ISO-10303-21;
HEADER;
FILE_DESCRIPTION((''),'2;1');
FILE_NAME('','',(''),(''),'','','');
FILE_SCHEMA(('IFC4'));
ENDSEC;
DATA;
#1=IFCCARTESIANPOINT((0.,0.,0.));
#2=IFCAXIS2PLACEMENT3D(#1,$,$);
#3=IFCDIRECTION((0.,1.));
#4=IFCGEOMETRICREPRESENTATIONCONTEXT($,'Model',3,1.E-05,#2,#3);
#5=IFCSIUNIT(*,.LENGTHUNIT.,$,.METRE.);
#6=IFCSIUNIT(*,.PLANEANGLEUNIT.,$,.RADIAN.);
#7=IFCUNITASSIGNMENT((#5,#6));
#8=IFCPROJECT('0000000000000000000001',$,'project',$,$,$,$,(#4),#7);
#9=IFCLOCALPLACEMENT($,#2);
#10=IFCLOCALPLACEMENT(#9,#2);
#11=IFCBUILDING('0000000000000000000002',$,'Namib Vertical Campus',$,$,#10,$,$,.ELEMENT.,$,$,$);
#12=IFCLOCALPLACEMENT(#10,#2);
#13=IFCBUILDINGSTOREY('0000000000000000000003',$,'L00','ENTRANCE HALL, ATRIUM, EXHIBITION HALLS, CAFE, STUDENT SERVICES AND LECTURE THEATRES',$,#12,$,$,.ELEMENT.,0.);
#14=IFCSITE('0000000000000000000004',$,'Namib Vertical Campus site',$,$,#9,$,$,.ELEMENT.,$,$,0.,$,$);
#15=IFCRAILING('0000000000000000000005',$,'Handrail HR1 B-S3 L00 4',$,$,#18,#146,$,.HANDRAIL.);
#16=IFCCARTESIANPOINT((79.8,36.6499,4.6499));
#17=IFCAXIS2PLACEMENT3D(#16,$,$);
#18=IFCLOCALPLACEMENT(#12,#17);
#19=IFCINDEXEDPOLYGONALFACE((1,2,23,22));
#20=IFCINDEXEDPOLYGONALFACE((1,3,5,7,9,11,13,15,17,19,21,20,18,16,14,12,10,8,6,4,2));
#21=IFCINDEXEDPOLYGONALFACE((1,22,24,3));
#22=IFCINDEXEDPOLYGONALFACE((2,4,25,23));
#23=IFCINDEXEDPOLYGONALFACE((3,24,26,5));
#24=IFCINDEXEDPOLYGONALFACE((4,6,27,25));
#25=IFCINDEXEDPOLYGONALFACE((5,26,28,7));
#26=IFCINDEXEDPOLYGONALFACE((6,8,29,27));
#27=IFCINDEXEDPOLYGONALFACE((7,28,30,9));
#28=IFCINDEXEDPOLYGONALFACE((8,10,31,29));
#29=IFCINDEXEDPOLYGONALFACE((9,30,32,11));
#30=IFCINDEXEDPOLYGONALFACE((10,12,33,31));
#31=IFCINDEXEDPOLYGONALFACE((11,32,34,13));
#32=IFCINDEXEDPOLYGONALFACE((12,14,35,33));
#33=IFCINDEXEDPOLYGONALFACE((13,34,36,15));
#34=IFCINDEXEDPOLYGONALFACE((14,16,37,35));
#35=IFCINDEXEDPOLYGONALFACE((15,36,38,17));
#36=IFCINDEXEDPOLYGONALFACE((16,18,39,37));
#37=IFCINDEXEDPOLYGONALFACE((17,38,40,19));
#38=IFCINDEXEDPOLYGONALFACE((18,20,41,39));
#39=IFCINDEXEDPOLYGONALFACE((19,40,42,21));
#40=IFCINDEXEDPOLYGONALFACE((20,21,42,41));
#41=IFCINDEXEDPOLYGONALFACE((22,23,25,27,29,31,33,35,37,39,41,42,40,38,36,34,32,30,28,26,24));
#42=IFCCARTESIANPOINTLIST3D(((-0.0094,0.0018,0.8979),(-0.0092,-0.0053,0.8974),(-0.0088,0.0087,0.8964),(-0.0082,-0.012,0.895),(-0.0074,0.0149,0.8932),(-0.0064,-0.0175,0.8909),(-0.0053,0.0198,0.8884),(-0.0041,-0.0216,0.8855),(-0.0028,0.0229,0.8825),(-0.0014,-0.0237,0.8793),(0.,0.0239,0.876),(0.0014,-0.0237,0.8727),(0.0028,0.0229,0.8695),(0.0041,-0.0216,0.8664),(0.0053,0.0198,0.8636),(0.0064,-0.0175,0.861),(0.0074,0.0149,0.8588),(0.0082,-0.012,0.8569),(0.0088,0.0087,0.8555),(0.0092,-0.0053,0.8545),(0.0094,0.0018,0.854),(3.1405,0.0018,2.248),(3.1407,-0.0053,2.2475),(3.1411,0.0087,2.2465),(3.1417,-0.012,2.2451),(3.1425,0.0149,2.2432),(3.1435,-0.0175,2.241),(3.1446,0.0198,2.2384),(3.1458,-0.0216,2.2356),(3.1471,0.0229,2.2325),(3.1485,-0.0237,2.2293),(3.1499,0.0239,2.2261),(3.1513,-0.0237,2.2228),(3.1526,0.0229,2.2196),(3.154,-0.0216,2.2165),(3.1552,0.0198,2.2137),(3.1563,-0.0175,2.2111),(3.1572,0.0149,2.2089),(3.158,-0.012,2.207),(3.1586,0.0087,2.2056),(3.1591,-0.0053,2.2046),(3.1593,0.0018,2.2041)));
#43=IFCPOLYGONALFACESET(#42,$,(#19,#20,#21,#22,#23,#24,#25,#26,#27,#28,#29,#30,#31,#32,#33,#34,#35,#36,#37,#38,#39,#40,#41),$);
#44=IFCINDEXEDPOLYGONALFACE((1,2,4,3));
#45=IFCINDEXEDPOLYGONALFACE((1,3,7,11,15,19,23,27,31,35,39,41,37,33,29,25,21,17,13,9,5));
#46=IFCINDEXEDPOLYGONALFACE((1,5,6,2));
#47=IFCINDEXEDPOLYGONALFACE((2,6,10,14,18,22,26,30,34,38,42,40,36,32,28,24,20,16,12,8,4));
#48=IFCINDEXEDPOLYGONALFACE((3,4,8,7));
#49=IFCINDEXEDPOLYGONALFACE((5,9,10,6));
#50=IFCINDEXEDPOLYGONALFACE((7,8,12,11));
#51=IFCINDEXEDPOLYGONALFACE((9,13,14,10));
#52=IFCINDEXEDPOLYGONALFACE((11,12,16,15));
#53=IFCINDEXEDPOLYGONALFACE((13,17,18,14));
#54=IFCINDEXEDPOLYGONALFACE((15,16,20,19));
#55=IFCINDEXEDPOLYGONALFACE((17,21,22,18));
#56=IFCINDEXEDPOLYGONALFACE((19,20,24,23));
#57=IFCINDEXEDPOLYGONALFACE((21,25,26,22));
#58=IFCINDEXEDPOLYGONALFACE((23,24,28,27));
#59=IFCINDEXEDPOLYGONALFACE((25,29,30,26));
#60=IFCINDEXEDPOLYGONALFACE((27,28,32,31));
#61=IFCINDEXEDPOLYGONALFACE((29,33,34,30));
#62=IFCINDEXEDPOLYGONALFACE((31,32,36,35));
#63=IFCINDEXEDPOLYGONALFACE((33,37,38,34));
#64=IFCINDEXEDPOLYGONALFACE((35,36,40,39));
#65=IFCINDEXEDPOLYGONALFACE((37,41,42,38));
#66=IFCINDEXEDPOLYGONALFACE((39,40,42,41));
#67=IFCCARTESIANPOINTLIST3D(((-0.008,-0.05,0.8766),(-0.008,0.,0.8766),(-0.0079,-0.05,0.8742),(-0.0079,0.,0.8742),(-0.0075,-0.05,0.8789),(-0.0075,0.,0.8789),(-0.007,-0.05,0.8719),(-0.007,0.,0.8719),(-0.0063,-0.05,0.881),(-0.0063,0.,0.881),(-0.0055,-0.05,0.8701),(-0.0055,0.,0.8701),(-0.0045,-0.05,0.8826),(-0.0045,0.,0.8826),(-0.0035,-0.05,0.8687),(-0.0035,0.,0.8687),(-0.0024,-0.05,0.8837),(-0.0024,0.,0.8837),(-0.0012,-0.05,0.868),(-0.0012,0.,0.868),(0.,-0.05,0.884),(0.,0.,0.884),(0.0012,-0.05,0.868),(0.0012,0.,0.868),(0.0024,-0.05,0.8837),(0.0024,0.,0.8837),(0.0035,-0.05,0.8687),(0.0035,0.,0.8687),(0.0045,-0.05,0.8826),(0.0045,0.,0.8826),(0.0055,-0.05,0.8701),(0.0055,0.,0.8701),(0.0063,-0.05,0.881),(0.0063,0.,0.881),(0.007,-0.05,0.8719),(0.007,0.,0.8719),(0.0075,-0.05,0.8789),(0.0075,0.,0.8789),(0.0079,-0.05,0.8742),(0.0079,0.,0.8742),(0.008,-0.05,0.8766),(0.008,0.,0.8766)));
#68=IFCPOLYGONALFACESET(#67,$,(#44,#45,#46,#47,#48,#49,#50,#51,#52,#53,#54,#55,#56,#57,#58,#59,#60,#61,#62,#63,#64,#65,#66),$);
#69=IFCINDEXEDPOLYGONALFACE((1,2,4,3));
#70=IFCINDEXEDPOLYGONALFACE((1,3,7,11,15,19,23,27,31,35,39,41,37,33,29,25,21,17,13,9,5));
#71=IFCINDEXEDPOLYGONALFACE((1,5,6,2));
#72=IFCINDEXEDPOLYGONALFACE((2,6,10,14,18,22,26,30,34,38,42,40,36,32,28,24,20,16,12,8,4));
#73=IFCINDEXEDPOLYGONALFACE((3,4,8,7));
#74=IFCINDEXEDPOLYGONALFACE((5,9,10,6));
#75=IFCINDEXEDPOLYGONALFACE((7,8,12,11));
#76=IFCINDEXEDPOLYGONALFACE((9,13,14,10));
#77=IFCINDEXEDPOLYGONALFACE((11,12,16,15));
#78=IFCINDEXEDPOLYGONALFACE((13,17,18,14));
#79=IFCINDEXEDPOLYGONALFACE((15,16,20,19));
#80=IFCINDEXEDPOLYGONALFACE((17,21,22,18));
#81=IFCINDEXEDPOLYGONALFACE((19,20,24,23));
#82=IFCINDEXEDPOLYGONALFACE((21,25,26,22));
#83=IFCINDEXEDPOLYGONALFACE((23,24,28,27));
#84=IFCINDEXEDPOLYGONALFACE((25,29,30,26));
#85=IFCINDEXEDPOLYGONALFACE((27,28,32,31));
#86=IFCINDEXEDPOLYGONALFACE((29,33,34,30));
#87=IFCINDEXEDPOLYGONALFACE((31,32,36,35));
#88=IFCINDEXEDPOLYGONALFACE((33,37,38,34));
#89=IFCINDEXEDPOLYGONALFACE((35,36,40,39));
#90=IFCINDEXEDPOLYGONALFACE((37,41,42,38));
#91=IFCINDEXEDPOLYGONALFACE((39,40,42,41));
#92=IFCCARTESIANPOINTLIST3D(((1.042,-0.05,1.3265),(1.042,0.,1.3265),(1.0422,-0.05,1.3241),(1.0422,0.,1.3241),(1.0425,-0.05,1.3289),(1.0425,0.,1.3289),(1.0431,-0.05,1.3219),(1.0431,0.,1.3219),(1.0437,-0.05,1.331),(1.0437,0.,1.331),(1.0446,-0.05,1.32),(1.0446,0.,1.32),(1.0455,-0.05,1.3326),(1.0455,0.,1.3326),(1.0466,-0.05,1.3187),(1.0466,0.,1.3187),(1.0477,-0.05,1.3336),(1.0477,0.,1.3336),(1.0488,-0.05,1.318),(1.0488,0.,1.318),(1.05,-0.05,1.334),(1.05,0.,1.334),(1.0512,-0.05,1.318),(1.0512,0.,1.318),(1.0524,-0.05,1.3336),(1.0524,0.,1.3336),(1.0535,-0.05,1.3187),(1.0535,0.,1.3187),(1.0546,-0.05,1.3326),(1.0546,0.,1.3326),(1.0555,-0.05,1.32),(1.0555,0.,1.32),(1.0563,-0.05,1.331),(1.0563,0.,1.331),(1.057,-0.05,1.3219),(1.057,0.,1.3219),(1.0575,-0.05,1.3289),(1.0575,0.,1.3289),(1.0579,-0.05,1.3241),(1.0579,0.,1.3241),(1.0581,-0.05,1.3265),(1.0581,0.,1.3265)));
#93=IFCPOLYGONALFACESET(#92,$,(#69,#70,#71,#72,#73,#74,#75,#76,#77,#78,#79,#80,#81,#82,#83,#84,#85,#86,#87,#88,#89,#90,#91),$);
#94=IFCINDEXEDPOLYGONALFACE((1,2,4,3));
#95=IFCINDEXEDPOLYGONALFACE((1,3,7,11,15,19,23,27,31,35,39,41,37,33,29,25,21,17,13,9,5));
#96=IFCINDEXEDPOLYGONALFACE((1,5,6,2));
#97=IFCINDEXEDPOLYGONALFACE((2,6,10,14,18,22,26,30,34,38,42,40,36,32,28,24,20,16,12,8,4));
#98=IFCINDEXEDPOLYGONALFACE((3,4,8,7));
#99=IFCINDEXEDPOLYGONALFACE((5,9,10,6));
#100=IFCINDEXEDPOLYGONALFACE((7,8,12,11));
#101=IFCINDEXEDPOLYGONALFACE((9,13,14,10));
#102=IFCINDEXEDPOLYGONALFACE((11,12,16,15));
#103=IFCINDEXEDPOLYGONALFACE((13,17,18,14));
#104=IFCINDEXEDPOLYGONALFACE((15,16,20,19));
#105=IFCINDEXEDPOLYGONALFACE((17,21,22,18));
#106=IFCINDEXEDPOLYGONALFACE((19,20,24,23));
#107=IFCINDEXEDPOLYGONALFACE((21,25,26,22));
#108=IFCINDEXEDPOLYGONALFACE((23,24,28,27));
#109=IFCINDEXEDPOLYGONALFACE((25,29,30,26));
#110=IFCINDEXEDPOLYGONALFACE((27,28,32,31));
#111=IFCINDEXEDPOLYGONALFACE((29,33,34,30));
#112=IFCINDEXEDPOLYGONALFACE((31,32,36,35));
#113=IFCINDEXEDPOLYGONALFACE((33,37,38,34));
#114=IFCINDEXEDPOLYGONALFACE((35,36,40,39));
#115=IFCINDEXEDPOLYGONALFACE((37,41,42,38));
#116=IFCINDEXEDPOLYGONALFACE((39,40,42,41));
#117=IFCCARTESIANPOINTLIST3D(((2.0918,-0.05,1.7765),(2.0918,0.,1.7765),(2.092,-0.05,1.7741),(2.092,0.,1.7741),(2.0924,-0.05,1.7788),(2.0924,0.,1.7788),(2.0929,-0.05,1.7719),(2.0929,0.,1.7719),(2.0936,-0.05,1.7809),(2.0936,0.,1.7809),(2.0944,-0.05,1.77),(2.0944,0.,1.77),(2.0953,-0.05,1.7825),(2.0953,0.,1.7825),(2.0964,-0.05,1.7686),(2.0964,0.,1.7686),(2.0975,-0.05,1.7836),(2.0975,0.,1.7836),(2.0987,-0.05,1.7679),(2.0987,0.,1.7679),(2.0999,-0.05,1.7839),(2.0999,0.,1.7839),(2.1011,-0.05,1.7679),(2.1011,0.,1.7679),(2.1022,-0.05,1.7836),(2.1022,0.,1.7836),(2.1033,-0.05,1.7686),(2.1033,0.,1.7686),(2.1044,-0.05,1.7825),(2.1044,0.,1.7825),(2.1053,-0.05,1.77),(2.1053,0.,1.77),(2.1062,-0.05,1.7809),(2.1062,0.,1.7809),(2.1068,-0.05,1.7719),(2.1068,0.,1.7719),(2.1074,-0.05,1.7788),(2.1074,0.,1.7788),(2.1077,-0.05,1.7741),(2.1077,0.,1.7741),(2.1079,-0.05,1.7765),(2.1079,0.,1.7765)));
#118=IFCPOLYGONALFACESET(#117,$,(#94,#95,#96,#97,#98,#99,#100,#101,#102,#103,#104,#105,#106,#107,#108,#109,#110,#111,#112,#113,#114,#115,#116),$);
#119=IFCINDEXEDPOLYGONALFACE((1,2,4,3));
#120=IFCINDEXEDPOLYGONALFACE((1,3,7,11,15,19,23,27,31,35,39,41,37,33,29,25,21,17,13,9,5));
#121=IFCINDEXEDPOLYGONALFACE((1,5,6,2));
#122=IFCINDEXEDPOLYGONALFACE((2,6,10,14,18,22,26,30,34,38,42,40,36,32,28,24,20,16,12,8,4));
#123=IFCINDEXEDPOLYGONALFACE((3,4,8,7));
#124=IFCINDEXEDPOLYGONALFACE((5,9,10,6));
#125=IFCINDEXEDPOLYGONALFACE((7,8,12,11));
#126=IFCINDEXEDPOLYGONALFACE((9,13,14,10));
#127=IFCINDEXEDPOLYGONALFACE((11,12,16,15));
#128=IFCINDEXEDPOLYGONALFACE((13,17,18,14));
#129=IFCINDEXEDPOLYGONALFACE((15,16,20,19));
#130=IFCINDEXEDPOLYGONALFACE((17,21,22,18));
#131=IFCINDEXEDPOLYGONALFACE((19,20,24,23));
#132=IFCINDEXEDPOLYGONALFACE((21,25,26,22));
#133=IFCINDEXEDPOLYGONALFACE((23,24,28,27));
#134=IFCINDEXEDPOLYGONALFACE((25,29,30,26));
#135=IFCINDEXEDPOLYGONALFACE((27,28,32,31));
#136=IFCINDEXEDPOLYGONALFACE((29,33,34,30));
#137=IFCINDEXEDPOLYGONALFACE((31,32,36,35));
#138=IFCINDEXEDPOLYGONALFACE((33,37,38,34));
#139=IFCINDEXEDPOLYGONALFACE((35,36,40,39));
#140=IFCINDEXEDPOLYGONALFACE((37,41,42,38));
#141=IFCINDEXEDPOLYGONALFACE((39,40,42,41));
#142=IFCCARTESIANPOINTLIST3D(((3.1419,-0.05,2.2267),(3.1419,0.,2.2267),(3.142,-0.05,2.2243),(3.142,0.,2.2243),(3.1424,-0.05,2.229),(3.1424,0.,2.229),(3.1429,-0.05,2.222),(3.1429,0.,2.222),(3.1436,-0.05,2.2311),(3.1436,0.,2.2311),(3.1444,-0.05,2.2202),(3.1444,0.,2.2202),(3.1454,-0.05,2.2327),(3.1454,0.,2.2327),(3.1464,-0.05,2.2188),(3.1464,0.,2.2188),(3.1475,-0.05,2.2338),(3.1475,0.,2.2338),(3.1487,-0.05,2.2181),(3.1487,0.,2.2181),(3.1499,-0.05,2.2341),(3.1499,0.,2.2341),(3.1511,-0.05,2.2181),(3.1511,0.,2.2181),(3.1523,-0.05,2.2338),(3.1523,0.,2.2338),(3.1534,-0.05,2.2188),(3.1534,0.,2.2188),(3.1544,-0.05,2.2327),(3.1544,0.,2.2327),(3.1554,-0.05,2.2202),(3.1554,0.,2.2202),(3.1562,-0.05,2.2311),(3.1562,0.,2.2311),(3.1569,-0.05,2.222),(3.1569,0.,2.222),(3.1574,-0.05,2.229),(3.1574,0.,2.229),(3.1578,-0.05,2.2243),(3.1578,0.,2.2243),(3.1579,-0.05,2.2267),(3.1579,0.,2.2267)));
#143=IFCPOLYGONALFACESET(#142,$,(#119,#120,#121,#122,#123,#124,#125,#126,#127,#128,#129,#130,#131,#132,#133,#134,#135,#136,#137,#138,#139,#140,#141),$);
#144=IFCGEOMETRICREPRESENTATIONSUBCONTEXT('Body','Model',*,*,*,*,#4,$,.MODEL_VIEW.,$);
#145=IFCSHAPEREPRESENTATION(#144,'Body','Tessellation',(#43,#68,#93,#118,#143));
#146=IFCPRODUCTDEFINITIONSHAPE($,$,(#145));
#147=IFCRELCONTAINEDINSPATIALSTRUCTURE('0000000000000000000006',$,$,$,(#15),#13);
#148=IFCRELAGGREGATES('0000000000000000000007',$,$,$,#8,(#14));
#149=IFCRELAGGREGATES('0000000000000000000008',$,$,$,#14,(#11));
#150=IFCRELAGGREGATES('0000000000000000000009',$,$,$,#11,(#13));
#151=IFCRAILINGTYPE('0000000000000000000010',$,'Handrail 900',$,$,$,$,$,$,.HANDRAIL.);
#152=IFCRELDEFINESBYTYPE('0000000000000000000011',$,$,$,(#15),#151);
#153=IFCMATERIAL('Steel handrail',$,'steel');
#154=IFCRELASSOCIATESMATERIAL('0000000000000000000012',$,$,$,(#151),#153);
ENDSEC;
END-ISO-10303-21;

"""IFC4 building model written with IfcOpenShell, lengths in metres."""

from ifc_helpers import new_model, si_unit, direction, frame, origin, origin_2d, place, context, subcontext, project, spatial, circle, extrude, material, type_object, element, save


model = new_model("IFC4")

# Units and contexts
model_context = context("Model", 3, precision=1e-05, world=origin(), true_north=direction((0.0, 1.0)))
body_context = subcontext(model_context, "Body", "Model", "MODEL_VIEW")
ifc_project = project(units=[si_unit("LENGTHUNIT", "METRE"), si_unit("PLANEANGLEUNIT", "RADIAN")], contexts=[model_context])

# Site, building, storey
site_placement = place(None, origin())
site = spatial("IfcSite", under=ifc_project, at=site_placement, Name="Namib Vertical Campus site", CompositionType="ELEMENT", RefElevation=0.0)
building_placement = place(site_placement, origin())
building = spatial("IfcBuilding", under=site, at=building_placement, Name="Namib Vertical Campus", CompositionType="ELEMENT")
storey_placement = place(building_placement, origin())
storey = spatial("IfcBuildingStorey", under=building, at=storey_placement, Name="L00", Description="ENTRANCE HALL, ATRIUM, EXHIBITION HALLS, CAFE, STUDENT SERVICES AND LECTURE THEATRES", CompositionType="ELEMENT", Elevation=0.0)

# Railing
ifc_material_1 = material(Name="Steel handrail", Category="steel")
railing_type_1 = type_object("IfcRailingType", Name="Handrail 900", PredefinedType="HANDRAIL", material=ifc_material_1)
for number, where, name in (
    (1, (79.8, 36.6499, 4.6499), "Handrail HR1 B-S3 L00 4"),
):
    element("IfcRailing", number, at=place(storey_placement, frame(where)), inside=storey, type_object=railing_type_1, Name=name, PredefinedType="HANDRAIL", context=body_context, shape_type="SweptSolid", body=[
        extrude(circle(Radius=0.0239, at=origin_2d()), frame((0.0, 0.0, 0.876), z_axis=(0.91913, 0.0, 0.393954), x_axis=(0.0, 1.0, 0.0)), (0.0, 0.0, 1.0), 3.427),
        extrude(circle(Radius=0.0081, at=origin_2d()), frame((0.0, 0.0, 0.876), z_axis=(0.0, -1.0, 0.0), x_axis=(0.0, 0.0, 1.0)), (0.0, 0.0, 1.0), 0.05),
        extrude(circle(Radius=0.0081, at=origin_2d()), frame((1.05, 0.0, 1.3259), z_axis=(0.0, -1.0, 0.0), x_axis=(0.0, 0.0, 1.0)), (0.0, 0.0, 1.0), 0.05),
        extrude(circle(Radius=0.0081, at=origin_2d()), frame((2.0999, 0.0, 1.7759), z_axis=(0.0, -1.0, 0.0), x_axis=(0.0, 0.0, 1.0)), (0.0, 0.0, 1.0), 0.05),
        extrude(circle(Radius=0.0081, at=origin_2d()), frame((3.1499, 0.0, 2.2261), z_axis=(0.0, -1.0, 0.0), x_axis=(0.0, 0.0, 1.0)), (0.0, 0.0, 1.0), 0.05),
    ])

save(model, "model.ifc")
